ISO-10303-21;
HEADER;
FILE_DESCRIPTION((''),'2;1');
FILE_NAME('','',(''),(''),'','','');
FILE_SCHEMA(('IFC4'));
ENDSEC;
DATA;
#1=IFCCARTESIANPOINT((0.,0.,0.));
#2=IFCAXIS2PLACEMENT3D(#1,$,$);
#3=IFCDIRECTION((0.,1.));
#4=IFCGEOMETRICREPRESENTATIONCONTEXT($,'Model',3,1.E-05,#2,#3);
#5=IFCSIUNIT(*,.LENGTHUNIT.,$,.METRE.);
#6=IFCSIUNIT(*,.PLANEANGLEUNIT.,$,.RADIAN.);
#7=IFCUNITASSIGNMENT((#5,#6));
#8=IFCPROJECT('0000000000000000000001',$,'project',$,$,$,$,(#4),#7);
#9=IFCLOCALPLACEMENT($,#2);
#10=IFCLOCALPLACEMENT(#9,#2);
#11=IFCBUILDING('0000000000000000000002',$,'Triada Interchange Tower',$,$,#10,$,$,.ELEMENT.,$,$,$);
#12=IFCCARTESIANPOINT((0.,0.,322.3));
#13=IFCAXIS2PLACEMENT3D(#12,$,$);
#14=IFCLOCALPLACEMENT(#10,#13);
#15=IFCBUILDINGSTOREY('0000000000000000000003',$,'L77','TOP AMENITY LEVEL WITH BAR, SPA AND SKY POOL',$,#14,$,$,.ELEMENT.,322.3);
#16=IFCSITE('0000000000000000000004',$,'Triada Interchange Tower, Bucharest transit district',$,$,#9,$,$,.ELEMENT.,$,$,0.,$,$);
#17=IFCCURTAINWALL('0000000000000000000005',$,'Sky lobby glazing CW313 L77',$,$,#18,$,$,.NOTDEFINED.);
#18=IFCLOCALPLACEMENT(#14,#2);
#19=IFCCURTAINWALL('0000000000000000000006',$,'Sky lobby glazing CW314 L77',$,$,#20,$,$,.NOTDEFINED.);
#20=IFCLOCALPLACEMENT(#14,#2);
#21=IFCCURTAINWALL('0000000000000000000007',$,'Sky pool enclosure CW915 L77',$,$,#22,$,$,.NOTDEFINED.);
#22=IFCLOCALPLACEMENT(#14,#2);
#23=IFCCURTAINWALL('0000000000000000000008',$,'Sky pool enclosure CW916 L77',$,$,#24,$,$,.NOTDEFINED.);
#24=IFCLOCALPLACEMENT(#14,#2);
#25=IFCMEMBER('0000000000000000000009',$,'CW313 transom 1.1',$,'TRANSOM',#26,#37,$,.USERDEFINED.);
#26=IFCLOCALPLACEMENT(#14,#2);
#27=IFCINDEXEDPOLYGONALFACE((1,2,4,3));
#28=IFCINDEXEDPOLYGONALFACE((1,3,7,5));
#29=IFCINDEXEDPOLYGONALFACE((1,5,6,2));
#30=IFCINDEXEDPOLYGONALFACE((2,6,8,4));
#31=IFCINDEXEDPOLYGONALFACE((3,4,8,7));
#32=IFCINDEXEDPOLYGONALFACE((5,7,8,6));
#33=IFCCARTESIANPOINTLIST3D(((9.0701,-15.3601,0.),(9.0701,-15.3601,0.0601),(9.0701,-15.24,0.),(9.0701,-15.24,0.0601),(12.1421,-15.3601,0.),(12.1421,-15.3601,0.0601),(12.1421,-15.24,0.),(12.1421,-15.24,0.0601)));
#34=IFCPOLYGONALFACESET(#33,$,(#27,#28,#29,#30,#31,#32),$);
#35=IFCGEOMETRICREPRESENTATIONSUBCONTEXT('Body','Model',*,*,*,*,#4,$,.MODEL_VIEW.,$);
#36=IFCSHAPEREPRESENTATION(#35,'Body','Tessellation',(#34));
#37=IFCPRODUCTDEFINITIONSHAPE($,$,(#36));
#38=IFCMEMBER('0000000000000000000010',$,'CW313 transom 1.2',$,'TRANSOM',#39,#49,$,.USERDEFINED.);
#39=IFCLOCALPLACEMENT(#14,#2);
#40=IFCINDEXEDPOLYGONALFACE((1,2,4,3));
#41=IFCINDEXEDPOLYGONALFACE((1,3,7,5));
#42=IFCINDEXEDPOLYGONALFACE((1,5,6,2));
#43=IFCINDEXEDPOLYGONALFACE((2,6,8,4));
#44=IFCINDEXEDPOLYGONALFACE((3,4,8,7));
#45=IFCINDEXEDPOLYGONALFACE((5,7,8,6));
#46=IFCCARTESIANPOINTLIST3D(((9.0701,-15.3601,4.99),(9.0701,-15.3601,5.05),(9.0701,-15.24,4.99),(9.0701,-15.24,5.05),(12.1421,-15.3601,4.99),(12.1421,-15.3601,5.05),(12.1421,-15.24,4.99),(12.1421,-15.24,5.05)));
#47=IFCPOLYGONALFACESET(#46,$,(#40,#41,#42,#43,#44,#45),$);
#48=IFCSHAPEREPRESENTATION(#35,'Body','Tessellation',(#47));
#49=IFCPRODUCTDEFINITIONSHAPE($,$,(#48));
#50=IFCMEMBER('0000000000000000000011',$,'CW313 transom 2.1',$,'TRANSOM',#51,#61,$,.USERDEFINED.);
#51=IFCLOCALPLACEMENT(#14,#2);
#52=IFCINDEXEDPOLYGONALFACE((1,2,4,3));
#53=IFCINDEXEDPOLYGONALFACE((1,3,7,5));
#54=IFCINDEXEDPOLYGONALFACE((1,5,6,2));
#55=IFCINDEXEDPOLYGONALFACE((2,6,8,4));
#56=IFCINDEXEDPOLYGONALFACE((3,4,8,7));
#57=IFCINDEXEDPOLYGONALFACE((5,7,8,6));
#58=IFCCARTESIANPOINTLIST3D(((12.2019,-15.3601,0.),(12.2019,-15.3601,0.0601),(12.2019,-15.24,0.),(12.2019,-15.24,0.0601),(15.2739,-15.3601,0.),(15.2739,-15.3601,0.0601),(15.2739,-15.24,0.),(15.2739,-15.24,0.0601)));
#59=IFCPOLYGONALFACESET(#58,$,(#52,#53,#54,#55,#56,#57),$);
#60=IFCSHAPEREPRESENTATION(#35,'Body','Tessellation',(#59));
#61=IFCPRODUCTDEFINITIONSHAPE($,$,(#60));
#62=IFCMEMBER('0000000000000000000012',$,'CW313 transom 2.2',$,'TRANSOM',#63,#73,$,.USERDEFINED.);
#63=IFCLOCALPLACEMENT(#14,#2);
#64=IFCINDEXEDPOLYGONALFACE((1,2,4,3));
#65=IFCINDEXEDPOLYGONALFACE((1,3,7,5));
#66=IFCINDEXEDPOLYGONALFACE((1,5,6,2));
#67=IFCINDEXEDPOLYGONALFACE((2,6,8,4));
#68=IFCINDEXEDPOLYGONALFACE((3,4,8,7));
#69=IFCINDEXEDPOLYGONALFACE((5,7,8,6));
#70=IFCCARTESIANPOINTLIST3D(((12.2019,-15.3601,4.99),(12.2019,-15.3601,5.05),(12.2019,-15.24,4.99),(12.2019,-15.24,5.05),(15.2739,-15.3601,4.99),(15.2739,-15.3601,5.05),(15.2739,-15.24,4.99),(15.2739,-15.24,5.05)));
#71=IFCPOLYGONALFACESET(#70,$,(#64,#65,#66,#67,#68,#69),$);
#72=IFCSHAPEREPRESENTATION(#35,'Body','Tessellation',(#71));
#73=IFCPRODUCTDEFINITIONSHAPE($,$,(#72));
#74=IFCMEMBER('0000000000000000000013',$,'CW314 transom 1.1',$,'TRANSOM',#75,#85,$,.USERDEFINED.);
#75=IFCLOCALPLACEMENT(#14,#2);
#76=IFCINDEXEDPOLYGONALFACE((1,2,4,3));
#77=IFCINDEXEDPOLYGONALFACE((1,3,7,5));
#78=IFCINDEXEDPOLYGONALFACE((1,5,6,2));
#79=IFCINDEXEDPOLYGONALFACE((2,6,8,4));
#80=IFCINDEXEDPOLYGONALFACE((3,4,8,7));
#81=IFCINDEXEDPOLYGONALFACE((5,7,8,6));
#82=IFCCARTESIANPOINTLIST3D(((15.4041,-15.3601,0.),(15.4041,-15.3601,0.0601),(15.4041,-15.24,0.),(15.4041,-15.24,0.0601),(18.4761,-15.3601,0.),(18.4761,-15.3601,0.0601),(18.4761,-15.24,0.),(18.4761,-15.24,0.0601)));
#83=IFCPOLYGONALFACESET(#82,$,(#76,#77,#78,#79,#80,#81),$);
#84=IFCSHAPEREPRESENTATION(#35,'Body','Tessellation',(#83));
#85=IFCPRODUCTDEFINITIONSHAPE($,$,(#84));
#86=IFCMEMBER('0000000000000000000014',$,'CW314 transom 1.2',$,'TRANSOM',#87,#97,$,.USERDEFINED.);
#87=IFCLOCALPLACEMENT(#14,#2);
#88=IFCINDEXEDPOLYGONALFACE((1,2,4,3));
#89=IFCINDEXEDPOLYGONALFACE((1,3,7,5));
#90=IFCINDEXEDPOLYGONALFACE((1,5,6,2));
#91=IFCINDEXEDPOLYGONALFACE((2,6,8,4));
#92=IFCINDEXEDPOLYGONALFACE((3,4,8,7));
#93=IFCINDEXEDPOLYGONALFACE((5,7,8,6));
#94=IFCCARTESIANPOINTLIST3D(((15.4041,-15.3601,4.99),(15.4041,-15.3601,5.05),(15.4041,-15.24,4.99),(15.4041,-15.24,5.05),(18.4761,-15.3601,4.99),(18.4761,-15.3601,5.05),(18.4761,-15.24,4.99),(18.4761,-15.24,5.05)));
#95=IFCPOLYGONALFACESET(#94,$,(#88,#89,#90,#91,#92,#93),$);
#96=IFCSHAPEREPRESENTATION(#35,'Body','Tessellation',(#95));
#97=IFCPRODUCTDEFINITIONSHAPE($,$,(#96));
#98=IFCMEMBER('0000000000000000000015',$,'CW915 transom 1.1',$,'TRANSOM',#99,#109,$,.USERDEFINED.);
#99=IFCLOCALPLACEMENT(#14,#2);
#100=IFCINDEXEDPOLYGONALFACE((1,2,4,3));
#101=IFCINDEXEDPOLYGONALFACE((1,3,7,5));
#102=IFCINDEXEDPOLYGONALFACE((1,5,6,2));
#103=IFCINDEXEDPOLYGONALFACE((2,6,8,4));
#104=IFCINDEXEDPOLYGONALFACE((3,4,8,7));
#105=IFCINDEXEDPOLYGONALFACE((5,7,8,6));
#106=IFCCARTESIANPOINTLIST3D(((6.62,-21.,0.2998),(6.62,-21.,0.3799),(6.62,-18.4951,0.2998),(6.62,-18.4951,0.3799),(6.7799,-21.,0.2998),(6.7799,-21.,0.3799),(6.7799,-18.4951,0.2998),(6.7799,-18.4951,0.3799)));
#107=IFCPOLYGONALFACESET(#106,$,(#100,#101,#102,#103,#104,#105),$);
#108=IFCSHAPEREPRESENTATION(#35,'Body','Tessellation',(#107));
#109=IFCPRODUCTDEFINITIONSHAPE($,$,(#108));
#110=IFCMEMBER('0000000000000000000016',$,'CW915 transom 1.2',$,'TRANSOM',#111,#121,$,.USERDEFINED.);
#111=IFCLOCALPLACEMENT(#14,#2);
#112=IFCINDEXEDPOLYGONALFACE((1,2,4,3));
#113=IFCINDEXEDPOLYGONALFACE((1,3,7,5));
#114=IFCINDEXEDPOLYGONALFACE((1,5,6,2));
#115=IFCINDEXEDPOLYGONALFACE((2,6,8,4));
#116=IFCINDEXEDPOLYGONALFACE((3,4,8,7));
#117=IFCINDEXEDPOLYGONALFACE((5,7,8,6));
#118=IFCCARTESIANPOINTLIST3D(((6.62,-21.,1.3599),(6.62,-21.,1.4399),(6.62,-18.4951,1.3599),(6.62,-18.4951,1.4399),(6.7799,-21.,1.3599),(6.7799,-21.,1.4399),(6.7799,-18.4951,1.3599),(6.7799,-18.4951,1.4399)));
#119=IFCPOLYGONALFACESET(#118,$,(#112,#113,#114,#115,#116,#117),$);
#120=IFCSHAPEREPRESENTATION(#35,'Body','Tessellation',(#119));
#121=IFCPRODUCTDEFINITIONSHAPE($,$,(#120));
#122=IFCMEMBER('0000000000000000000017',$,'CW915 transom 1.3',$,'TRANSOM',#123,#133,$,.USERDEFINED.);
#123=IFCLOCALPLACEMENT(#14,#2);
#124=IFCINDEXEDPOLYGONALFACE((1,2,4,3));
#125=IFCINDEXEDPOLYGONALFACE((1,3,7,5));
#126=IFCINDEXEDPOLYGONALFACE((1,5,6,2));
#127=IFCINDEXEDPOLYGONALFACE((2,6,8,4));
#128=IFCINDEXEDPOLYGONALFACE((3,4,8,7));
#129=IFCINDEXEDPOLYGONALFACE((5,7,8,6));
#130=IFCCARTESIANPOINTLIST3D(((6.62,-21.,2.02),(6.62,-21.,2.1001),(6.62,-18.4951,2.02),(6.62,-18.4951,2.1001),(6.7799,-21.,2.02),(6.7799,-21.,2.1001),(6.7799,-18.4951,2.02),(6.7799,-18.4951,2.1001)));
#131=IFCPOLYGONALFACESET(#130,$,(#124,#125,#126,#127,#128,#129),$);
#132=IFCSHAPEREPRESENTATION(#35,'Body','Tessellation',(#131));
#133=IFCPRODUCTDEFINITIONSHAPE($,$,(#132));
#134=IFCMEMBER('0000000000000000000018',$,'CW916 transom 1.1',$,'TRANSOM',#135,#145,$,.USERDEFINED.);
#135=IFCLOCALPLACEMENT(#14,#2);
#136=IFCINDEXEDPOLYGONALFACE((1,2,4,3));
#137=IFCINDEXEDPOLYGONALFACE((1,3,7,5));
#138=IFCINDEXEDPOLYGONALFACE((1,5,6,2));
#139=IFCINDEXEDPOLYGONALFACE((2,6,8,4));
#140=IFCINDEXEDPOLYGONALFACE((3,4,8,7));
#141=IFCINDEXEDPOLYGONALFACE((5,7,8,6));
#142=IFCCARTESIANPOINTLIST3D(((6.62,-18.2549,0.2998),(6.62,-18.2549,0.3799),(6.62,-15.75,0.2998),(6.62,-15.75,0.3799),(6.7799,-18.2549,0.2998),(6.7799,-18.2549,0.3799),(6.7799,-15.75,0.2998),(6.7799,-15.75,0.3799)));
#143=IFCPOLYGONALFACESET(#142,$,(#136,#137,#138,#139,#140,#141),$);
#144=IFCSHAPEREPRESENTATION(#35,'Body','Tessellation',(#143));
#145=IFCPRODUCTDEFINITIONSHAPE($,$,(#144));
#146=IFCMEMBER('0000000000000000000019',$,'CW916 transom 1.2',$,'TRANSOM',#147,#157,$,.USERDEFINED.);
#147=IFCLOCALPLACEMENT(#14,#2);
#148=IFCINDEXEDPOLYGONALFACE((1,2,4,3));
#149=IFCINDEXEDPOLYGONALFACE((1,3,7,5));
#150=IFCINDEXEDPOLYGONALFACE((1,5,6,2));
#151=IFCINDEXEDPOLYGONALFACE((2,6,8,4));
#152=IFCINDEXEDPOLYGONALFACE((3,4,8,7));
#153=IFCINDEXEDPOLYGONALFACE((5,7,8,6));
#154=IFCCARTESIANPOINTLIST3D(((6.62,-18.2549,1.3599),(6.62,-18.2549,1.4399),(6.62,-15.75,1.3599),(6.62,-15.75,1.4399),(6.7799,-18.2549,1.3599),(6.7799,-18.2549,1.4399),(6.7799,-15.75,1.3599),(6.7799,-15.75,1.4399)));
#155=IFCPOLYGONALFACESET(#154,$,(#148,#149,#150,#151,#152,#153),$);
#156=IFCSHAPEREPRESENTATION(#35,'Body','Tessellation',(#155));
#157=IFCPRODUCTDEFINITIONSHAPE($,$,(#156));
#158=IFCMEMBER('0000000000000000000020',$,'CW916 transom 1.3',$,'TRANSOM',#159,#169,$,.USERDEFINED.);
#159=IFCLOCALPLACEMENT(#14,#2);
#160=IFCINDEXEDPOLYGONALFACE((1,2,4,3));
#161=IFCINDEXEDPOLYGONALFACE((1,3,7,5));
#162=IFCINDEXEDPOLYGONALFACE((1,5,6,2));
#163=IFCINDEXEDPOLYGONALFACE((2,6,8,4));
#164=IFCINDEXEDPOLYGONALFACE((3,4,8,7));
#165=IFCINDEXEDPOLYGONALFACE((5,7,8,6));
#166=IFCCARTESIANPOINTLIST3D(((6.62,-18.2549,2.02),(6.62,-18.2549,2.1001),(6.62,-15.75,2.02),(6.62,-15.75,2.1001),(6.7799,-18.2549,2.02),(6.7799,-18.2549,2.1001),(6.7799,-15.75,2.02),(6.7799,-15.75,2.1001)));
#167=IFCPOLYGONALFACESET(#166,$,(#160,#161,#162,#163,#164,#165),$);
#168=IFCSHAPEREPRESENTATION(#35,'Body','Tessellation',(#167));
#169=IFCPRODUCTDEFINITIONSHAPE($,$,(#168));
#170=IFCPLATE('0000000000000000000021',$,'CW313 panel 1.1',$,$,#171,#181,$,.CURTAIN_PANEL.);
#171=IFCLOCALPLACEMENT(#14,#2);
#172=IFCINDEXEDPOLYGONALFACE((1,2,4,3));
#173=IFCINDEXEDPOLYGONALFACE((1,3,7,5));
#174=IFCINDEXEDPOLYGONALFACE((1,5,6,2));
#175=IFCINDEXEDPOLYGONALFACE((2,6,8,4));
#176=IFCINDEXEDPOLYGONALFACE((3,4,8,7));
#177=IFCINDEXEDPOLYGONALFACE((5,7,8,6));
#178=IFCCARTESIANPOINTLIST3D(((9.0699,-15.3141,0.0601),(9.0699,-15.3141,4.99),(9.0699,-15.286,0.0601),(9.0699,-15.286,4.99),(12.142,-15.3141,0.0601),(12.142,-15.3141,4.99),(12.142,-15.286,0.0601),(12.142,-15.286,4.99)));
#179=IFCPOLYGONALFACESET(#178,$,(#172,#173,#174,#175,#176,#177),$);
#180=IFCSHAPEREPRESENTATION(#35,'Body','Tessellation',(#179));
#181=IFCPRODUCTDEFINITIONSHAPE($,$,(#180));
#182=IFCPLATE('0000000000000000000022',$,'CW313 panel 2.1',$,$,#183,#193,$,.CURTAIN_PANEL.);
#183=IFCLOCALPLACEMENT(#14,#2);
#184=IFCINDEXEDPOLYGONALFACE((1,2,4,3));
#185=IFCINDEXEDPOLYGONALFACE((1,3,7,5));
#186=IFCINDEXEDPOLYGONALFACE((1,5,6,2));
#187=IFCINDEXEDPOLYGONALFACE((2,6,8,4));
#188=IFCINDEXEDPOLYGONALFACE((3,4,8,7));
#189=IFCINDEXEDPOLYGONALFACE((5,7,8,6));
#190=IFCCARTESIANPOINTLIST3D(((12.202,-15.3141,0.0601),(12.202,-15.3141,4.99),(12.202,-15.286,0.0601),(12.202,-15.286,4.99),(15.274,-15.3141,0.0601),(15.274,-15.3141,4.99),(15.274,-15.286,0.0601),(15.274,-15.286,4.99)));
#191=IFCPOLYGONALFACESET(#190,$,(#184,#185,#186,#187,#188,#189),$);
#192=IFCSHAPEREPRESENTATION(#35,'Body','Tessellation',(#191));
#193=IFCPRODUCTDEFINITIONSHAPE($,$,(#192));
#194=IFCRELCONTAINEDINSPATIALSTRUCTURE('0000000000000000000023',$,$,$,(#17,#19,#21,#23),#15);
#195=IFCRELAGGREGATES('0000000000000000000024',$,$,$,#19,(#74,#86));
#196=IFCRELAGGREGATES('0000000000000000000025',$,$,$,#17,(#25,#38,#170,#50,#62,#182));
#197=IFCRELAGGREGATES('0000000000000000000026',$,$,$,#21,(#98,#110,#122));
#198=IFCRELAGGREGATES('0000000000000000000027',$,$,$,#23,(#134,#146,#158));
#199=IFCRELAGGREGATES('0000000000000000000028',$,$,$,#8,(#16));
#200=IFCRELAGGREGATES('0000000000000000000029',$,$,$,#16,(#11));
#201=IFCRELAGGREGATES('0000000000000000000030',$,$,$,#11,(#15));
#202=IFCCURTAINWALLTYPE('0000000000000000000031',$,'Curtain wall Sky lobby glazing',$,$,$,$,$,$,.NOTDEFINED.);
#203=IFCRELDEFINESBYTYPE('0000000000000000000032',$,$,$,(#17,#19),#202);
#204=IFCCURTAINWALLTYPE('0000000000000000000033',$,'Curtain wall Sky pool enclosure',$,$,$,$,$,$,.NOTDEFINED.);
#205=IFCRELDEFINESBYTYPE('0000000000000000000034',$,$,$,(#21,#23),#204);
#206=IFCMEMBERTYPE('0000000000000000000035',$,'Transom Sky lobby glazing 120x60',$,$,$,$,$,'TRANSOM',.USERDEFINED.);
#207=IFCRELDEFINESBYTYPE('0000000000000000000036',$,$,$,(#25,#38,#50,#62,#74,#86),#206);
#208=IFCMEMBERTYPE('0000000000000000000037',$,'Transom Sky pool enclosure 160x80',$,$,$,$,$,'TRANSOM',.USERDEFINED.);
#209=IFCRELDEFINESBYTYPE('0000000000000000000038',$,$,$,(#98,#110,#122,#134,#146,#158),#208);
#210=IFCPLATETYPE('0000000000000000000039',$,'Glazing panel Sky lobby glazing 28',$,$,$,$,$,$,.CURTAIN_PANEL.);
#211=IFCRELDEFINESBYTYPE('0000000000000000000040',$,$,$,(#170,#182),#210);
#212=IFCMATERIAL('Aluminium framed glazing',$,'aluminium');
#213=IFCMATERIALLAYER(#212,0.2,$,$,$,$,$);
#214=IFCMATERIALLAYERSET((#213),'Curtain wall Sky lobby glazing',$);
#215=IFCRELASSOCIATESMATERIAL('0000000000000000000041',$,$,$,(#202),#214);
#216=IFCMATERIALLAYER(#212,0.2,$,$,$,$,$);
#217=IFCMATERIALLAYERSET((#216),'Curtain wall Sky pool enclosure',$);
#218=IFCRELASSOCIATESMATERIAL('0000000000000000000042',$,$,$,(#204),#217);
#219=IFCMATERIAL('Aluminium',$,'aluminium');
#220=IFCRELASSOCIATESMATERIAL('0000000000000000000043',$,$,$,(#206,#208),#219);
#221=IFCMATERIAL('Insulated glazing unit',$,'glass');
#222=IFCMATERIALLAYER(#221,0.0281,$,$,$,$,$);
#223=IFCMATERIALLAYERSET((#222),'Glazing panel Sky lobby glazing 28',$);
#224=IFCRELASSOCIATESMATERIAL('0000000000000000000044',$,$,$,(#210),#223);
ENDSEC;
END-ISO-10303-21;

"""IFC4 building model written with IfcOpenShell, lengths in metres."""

from ifc_helpers import new_model, si_unit, direction, frame, origin, origin_2d, place, context, subcontext, project, spatial, rectangle, extrude, material, layer, layer_set, material_profile, profile_set, type_object, element, aggregate, save


model = new_model("IFC4")

# Units and contexts
model_context = context("Model", 3, precision=1e-05, world=origin(), true_north=direction((0.0, 1.0)))
body_context = subcontext(model_context, "Body", "Model", "MODEL_VIEW")
ifc_project = project(units=[si_unit("LENGTHUNIT", "METRE"), si_unit("PLANEANGLEUNIT", "RADIAN")], contexts=[model_context])

# Site, building, storey
site_placement = place(None, origin())
site = spatial("IfcSite", under=ifc_project, at=site_placement, Name="Triada Interchange Tower, Bucharest transit district", CompositionType="ELEMENT", RefElevation=0.0)
building_placement = place(site_placement, origin())
building = spatial("IfcBuilding", under=site, at=building_placement, Name="Triada Interchange Tower", CompositionType="ELEMENT")
storey_placement = place(building_placement, frame((0.0, 0.0, 322.3)))
storey = spatial("IfcBuildingStorey", under=building, at=storey_placement, Name="L77", Description="TOP AMENITY LEVEL WITH BAR, SPA AND SKY POOL", CompositionType="ELEMENT", Elevation=322.3)

# Curtain wall
ifc_material_1 = material(Name="Aluminium framed glazing", Category="aluminium")
ifc_layer_1 = layer(ifc_material_1, 0.2)
ifc_layer_set_1 = layer_set([ifc_layer_1], Name="Curtain wall Sky lobby glazing")
curtain_wall_type_1 = type_object("IfcCurtainWallType", Name="Curtain wall Sky lobby glazing", PredefinedType="NOTDEFINED", material=ifc_layer_set_1)
curtain_wall_1_placement = place(storey_placement, origin())
curtain_wall_1 = element("IfcCurtainWall", 1, at=curtain_wall_1_placement, inside=storey, type_object=curtain_wall_type_1, Name="Sky lobby glazing CW313 L77", PredefinedType="NOTDEFINED")
ifc_material_2 = material(Name="Aluminium", Category="aluminium")

# Curtain walls
curtain_wall_2_placement = place(storey_placement, origin())
curtain_wall_2 = element("IfcCurtainWall", 2, at=curtain_wall_2_placement, inside=storey, type_object=curtain_wall_type_1, Name="Sky lobby glazing CW314 L77", PredefinedType="NOTDEFINED")
ifc_layer_2 = layer(ifc_material_1, 0.2)
ifc_layer_set_2 = layer_set([ifc_layer_2], Name="Curtain wall Sky pool enclosure")
curtain_wall_type_2 = type_object("IfcCurtainWallType", Name="Curtain wall Sky pool enclosure", PredefinedType="NOTDEFINED", material=ifc_layer_set_2)
curtain_wall_3_placement = place(storey_placement, origin())
curtain_wall_3 = element("IfcCurtainWall", 3, at=curtain_wall_3_placement, inside=storey, type_object=curtain_wall_type_2, Name="Sky pool enclosure CW915 L77", PredefinedType="NOTDEFINED")

# Curtain wall
curtain_wall_4_placement = place(storey_placement, origin())
curtain_wall_4 = element("IfcCurtainWall", 4, at=curtain_wall_4_placement, inside=storey, type_object=curtain_wall_type_2, Name="Sky pool enclosure CW916 L77", PredefinedType="NOTDEFINED")

# Members
ifc_material_profile_1 = material_profile(ifc_material_2, rectangle(XDim=0.1201, YDim=0.0601, at=origin_2d()), Name="Aluminium transom")
ifc_profile_set_1 = profile_set([ifc_material_profile_1], Name="Aluminium")
member_type_1 = type_object("IfcMemberType", Name="Transom Sky lobby glazing 120x60", ElementType="TRANSOM", PredefinedType="USERDEFINED", material=ifc_profile_set_1)
member_1_placement = place(storey_placement, frame((9.0701, -15.3, 0.03), z_axis=(1.0, 0.0, 0.0), x_axis=(0.0, 1.0, 0.0)))
member_1 = element("IfcMember", 5, at=member_1_placement, type_object=member_type_1, Name="CW313 transom 1.1", ObjectType="TRANSOM", PredefinedType="USERDEFINED", context=body_context, shape_type="SweptSolid", body=[
    extrude(rectangle(XDim=0.1201, YDim=0.0601, at=origin_2d()), origin(), (0.0, 0.0, 1.0), 3.072),
])
member_2_placement = place(storey_placement, frame((9.0701, -15.3, 5.02), z_axis=(1.0, 0.0, 0.0), x_axis=(0.0, 1.0, 0.0)))
member_2 = element("IfcMember", 6, at=member_2_placement, type_object=member_type_1, Name="CW313 transom 1.2", ObjectType="TRANSOM", PredefinedType="USERDEFINED", context=body_context, shape_type="SweptSolid", body=[
    extrude(rectangle(XDim=0.1201, YDim=0.0601, at=origin_2d()), origin(), (0.0, 0.0, 1.0), 3.072),
])
member_3_placement = place(storey_placement, frame((12.2019, -15.3, 0.03), z_axis=(1.0, 0.0, 0.0), x_axis=(0.0, 1.0, 0.0)))
member_3 = element("IfcMember", 7, at=member_3_placement, type_object=member_type_1, Name="CW313 transom 2.1", ObjectType="TRANSOM", PredefinedType="USERDEFINED", context=body_context, shape_type="SweptSolid", body=[
    extrude(rectangle(XDim=0.1201, YDim=0.0601, at=origin_2d()), origin(), (0.0, 0.0, 1.0), 3.072),
])
member_4_placement = place(storey_placement, frame((12.2019, -15.3, 5.02), z_axis=(1.0, 0.0, 0.0), x_axis=(0.0, 1.0, 0.0)))
member_4 = element("IfcMember", 8, at=member_4_placement, type_object=member_type_1, Name="CW313 transom 2.2", ObjectType="TRANSOM", PredefinedType="USERDEFINED", context=body_context, shape_type="SweptSolid", body=[
    extrude(rectangle(XDim=0.1201, YDim=0.0601, at=origin_2d()), origin(), (0.0, 0.0, 1.0), 3.072),
])
member_5_placement = place(storey_placement, frame((15.4041, -15.3, 0.03), z_axis=(1.0, 0.0, 0.0), x_axis=(0.0, 1.0, 0.0)))
member_5 = element("IfcMember", 9, at=member_5_placement, type_object=member_type_1, Name="CW314 transom 1.1", ObjectType="TRANSOM", PredefinedType="USERDEFINED", context=body_context, shape_type="SweptSolid", body=[
    extrude(rectangle(XDim=0.1201, YDim=0.0601, at=origin_2d()), origin(), (0.0, 0.0, 1.0), 3.072),
])
member_6_placement = place(storey_placement, frame((15.4041, -15.3, 5.02), z_axis=(1.0, 0.0, 0.0), x_axis=(0.0, 1.0, 0.0)))
member_6 = element("IfcMember", 10, at=member_6_placement, type_object=member_type_1, Name="CW314 transom 1.2", ObjectType="TRANSOM", PredefinedType="USERDEFINED", context=body_context, shape_type="SweptSolid", body=[
    extrude(rectangle(XDim=0.1201, YDim=0.0601, at=origin_2d()), origin(), (0.0, 0.0, 1.0), 3.072),
])
aggregate(curtain_wall_2, [member_5, member_6])
ifc_material_profile_2 = material_profile(ifc_material_2, rectangle(XDim=0.1599, YDim=0.0801, at=origin_2d()), Name="Aluminium transom")
ifc_profile_set_2 = profile_set([ifc_material_profile_2], Name="Aluminium")
member_type_2 = type_object("IfcMemberType", Name="Transom Sky pool enclosure 160x80", ElementType="TRANSOM", PredefinedType="USERDEFINED", material=ifc_profile_set_2)
member_7_placement = place(storey_placement, frame((6.7, -21.0, 0.3398), z_axis=(0.0, 1.0, 0.0), x_axis=(-1.0, 0.0, 0.0)))
member_7 = element("IfcMember", 11, at=member_7_placement, type_object=member_type_2, Name="CW915 transom 1.1", ObjectType="TRANSOM", PredefinedType="USERDEFINED", context=body_context, shape_type="SweptSolid", body=[
    extrude(rectangle(XDim=0.1599, YDim=0.0801, at=origin_2d()), origin(), (0.0, 0.0, 1.0), 2.5049),
])
member_8_placement = place(storey_placement, frame((6.7, -21.0, 1.3999), z_axis=(0.0, 1.0, 0.0), x_axis=(-1.0, 0.0, 0.0)))
member_8 = element("IfcMember", 12, at=member_8_placement, type_object=member_type_2, Name="CW915 transom 1.2", ObjectType="TRANSOM", PredefinedType="USERDEFINED", context=body_context, shape_type="SweptSolid", body=[
    extrude(rectangle(XDim=0.1599, YDim=0.0801, at=origin_2d()), origin(), (0.0, 0.0, 1.0), 2.5049),
])
member_9_placement = place(storey_placement, frame((6.7, -21.0, 2.0601), z_axis=(0.0, 1.0, 0.0), x_axis=(-1.0, 0.0, 0.0)))
member_9 = element("IfcMember", 13, at=member_9_placement, type_object=member_type_2, Name="CW915 transom 1.3", ObjectType="TRANSOM", PredefinedType="USERDEFINED", context=body_context, shape_type="SweptSolid", body=[
    extrude(rectangle(XDim=0.1599, YDim=0.0801, at=origin_2d()), origin(), (0.0, 0.0, 1.0), 2.5049),
])
member_10_placement = place(storey_placement, frame((6.7, -18.2549, 0.3398), z_axis=(0.0, 1.0, 0.0), x_axis=(-1.0, 0.0, 0.0)))
member_10 = element("IfcMember", 14, at=member_10_placement, type_object=member_type_2, Name="CW916 transom 1.1", ObjectType="TRANSOM", PredefinedType="USERDEFINED", context=body_context, shape_type="SweptSolid", body=[
    extrude(rectangle(XDim=0.1599, YDim=0.0801, at=origin_2d()), origin(), (0.0, 0.0, 1.0), 2.5049),
])
member_11_placement = place(storey_placement, frame((6.7, -18.2549, 1.3999), z_axis=(0.0, 1.0, 0.0), x_axis=(-1.0, 0.0, 0.0)))
member_11 = element("IfcMember", 15, at=member_11_placement, type_object=member_type_2, Name="CW916 transom 1.2", ObjectType="TRANSOM", PredefinedType="USERDEFINED", context=body_context, shape_type="SweptSolid", body=[
    extrude(rectangle(XDim=0.1599, YDim=0.0801, at=origin_2d()), origin(), (0.0, 0.0, 1.0), 2.5049),
])
member_12_placement = place(storey_placement, frame((6.7, -18.2549, 2.0601), z_axis=(0.0, 1.0, 0.0), x_axis=(-1.0, 0.0, 0.0)))
member_12 = element("IfcMember", 16, at=member_12_placement, type_object=member_type_2, Name="CW916 transom 1.3", ObjectType="TRANSOM", PredefinedType="USERDEFINED", context=body_context, shape_type="SweptSolid", body=[
    extrude(rectangle(XDim=0.1599, YDim=0.0801, at=origin_2d()), origin(), (0.0, 0.0, 1.0), 2.5049),
])

# Plates
ifc_material_3 = material(Name="Insulated glazing unit", Category="glass")
ifc_layer_3 = layer(ifc_material_3, 0.0281)
ifc_layer_set_3 = layer_set([ifc_layer_3], Name="Glazing panel Sky lobby glazing 28")
plate_type_1 = type_object("IfcPlateType", Name="Glazing panel Sky lobby glazing 28", PredefinedType="CURTAIN_PANEL", material=ifc_layer_set_3)
plate_1_placement = place(storey_placement, frame((10.606, -15.3, 0.0601), z_axis=(0.0, 0.0, 1.0), x_axis=(1.0, 0.0, 0.0)))
plate_1 = element("IfcPlate", 17, at=plate_1_placement, type_object=plate_type_1, Name="CW313 panel 1.1", PredefinedType="CURTAIN_PANEL", context=body_context, shape_type="SweptSolid", body=[
    extrude(rectangle(XDim=3.072, YDim=0.0281, at=origin_2d()), origin(), (0.0, 0.0, 1.0), 4.9299),
])
plate_2_placement = place(storey_placement, frame((13.738, -15.3, 0.0601), z_axis=(0.0, 0.0, 1.0), x_axis=(1.0, 0.0, 0.0)))
plate_2 = element("IfcPlate", 18, at=plate_2_placement, type_object=plate_type_1, Name="CW313 panel 2.1", PredefinedType="CURTAIN_PANEL", context=body_context, shape_type="SweptSolid", body=[
    extrude(rectangle(XDim=3.072, YDim=0.0281, at=origin_2d()), origin(), (0.0, 0.0, 1.0), 4.9299),
])
aggregate(curtain_wall_1, [member_1, member_2, plate_1, member_3, member_4, plate_2])
aggregate(curtain_wall_3, [member_7, member_8, member_9])
aggregate(curtain_wall_4, [member_10, member_11, member_12])

save(model, "model.ifc")
